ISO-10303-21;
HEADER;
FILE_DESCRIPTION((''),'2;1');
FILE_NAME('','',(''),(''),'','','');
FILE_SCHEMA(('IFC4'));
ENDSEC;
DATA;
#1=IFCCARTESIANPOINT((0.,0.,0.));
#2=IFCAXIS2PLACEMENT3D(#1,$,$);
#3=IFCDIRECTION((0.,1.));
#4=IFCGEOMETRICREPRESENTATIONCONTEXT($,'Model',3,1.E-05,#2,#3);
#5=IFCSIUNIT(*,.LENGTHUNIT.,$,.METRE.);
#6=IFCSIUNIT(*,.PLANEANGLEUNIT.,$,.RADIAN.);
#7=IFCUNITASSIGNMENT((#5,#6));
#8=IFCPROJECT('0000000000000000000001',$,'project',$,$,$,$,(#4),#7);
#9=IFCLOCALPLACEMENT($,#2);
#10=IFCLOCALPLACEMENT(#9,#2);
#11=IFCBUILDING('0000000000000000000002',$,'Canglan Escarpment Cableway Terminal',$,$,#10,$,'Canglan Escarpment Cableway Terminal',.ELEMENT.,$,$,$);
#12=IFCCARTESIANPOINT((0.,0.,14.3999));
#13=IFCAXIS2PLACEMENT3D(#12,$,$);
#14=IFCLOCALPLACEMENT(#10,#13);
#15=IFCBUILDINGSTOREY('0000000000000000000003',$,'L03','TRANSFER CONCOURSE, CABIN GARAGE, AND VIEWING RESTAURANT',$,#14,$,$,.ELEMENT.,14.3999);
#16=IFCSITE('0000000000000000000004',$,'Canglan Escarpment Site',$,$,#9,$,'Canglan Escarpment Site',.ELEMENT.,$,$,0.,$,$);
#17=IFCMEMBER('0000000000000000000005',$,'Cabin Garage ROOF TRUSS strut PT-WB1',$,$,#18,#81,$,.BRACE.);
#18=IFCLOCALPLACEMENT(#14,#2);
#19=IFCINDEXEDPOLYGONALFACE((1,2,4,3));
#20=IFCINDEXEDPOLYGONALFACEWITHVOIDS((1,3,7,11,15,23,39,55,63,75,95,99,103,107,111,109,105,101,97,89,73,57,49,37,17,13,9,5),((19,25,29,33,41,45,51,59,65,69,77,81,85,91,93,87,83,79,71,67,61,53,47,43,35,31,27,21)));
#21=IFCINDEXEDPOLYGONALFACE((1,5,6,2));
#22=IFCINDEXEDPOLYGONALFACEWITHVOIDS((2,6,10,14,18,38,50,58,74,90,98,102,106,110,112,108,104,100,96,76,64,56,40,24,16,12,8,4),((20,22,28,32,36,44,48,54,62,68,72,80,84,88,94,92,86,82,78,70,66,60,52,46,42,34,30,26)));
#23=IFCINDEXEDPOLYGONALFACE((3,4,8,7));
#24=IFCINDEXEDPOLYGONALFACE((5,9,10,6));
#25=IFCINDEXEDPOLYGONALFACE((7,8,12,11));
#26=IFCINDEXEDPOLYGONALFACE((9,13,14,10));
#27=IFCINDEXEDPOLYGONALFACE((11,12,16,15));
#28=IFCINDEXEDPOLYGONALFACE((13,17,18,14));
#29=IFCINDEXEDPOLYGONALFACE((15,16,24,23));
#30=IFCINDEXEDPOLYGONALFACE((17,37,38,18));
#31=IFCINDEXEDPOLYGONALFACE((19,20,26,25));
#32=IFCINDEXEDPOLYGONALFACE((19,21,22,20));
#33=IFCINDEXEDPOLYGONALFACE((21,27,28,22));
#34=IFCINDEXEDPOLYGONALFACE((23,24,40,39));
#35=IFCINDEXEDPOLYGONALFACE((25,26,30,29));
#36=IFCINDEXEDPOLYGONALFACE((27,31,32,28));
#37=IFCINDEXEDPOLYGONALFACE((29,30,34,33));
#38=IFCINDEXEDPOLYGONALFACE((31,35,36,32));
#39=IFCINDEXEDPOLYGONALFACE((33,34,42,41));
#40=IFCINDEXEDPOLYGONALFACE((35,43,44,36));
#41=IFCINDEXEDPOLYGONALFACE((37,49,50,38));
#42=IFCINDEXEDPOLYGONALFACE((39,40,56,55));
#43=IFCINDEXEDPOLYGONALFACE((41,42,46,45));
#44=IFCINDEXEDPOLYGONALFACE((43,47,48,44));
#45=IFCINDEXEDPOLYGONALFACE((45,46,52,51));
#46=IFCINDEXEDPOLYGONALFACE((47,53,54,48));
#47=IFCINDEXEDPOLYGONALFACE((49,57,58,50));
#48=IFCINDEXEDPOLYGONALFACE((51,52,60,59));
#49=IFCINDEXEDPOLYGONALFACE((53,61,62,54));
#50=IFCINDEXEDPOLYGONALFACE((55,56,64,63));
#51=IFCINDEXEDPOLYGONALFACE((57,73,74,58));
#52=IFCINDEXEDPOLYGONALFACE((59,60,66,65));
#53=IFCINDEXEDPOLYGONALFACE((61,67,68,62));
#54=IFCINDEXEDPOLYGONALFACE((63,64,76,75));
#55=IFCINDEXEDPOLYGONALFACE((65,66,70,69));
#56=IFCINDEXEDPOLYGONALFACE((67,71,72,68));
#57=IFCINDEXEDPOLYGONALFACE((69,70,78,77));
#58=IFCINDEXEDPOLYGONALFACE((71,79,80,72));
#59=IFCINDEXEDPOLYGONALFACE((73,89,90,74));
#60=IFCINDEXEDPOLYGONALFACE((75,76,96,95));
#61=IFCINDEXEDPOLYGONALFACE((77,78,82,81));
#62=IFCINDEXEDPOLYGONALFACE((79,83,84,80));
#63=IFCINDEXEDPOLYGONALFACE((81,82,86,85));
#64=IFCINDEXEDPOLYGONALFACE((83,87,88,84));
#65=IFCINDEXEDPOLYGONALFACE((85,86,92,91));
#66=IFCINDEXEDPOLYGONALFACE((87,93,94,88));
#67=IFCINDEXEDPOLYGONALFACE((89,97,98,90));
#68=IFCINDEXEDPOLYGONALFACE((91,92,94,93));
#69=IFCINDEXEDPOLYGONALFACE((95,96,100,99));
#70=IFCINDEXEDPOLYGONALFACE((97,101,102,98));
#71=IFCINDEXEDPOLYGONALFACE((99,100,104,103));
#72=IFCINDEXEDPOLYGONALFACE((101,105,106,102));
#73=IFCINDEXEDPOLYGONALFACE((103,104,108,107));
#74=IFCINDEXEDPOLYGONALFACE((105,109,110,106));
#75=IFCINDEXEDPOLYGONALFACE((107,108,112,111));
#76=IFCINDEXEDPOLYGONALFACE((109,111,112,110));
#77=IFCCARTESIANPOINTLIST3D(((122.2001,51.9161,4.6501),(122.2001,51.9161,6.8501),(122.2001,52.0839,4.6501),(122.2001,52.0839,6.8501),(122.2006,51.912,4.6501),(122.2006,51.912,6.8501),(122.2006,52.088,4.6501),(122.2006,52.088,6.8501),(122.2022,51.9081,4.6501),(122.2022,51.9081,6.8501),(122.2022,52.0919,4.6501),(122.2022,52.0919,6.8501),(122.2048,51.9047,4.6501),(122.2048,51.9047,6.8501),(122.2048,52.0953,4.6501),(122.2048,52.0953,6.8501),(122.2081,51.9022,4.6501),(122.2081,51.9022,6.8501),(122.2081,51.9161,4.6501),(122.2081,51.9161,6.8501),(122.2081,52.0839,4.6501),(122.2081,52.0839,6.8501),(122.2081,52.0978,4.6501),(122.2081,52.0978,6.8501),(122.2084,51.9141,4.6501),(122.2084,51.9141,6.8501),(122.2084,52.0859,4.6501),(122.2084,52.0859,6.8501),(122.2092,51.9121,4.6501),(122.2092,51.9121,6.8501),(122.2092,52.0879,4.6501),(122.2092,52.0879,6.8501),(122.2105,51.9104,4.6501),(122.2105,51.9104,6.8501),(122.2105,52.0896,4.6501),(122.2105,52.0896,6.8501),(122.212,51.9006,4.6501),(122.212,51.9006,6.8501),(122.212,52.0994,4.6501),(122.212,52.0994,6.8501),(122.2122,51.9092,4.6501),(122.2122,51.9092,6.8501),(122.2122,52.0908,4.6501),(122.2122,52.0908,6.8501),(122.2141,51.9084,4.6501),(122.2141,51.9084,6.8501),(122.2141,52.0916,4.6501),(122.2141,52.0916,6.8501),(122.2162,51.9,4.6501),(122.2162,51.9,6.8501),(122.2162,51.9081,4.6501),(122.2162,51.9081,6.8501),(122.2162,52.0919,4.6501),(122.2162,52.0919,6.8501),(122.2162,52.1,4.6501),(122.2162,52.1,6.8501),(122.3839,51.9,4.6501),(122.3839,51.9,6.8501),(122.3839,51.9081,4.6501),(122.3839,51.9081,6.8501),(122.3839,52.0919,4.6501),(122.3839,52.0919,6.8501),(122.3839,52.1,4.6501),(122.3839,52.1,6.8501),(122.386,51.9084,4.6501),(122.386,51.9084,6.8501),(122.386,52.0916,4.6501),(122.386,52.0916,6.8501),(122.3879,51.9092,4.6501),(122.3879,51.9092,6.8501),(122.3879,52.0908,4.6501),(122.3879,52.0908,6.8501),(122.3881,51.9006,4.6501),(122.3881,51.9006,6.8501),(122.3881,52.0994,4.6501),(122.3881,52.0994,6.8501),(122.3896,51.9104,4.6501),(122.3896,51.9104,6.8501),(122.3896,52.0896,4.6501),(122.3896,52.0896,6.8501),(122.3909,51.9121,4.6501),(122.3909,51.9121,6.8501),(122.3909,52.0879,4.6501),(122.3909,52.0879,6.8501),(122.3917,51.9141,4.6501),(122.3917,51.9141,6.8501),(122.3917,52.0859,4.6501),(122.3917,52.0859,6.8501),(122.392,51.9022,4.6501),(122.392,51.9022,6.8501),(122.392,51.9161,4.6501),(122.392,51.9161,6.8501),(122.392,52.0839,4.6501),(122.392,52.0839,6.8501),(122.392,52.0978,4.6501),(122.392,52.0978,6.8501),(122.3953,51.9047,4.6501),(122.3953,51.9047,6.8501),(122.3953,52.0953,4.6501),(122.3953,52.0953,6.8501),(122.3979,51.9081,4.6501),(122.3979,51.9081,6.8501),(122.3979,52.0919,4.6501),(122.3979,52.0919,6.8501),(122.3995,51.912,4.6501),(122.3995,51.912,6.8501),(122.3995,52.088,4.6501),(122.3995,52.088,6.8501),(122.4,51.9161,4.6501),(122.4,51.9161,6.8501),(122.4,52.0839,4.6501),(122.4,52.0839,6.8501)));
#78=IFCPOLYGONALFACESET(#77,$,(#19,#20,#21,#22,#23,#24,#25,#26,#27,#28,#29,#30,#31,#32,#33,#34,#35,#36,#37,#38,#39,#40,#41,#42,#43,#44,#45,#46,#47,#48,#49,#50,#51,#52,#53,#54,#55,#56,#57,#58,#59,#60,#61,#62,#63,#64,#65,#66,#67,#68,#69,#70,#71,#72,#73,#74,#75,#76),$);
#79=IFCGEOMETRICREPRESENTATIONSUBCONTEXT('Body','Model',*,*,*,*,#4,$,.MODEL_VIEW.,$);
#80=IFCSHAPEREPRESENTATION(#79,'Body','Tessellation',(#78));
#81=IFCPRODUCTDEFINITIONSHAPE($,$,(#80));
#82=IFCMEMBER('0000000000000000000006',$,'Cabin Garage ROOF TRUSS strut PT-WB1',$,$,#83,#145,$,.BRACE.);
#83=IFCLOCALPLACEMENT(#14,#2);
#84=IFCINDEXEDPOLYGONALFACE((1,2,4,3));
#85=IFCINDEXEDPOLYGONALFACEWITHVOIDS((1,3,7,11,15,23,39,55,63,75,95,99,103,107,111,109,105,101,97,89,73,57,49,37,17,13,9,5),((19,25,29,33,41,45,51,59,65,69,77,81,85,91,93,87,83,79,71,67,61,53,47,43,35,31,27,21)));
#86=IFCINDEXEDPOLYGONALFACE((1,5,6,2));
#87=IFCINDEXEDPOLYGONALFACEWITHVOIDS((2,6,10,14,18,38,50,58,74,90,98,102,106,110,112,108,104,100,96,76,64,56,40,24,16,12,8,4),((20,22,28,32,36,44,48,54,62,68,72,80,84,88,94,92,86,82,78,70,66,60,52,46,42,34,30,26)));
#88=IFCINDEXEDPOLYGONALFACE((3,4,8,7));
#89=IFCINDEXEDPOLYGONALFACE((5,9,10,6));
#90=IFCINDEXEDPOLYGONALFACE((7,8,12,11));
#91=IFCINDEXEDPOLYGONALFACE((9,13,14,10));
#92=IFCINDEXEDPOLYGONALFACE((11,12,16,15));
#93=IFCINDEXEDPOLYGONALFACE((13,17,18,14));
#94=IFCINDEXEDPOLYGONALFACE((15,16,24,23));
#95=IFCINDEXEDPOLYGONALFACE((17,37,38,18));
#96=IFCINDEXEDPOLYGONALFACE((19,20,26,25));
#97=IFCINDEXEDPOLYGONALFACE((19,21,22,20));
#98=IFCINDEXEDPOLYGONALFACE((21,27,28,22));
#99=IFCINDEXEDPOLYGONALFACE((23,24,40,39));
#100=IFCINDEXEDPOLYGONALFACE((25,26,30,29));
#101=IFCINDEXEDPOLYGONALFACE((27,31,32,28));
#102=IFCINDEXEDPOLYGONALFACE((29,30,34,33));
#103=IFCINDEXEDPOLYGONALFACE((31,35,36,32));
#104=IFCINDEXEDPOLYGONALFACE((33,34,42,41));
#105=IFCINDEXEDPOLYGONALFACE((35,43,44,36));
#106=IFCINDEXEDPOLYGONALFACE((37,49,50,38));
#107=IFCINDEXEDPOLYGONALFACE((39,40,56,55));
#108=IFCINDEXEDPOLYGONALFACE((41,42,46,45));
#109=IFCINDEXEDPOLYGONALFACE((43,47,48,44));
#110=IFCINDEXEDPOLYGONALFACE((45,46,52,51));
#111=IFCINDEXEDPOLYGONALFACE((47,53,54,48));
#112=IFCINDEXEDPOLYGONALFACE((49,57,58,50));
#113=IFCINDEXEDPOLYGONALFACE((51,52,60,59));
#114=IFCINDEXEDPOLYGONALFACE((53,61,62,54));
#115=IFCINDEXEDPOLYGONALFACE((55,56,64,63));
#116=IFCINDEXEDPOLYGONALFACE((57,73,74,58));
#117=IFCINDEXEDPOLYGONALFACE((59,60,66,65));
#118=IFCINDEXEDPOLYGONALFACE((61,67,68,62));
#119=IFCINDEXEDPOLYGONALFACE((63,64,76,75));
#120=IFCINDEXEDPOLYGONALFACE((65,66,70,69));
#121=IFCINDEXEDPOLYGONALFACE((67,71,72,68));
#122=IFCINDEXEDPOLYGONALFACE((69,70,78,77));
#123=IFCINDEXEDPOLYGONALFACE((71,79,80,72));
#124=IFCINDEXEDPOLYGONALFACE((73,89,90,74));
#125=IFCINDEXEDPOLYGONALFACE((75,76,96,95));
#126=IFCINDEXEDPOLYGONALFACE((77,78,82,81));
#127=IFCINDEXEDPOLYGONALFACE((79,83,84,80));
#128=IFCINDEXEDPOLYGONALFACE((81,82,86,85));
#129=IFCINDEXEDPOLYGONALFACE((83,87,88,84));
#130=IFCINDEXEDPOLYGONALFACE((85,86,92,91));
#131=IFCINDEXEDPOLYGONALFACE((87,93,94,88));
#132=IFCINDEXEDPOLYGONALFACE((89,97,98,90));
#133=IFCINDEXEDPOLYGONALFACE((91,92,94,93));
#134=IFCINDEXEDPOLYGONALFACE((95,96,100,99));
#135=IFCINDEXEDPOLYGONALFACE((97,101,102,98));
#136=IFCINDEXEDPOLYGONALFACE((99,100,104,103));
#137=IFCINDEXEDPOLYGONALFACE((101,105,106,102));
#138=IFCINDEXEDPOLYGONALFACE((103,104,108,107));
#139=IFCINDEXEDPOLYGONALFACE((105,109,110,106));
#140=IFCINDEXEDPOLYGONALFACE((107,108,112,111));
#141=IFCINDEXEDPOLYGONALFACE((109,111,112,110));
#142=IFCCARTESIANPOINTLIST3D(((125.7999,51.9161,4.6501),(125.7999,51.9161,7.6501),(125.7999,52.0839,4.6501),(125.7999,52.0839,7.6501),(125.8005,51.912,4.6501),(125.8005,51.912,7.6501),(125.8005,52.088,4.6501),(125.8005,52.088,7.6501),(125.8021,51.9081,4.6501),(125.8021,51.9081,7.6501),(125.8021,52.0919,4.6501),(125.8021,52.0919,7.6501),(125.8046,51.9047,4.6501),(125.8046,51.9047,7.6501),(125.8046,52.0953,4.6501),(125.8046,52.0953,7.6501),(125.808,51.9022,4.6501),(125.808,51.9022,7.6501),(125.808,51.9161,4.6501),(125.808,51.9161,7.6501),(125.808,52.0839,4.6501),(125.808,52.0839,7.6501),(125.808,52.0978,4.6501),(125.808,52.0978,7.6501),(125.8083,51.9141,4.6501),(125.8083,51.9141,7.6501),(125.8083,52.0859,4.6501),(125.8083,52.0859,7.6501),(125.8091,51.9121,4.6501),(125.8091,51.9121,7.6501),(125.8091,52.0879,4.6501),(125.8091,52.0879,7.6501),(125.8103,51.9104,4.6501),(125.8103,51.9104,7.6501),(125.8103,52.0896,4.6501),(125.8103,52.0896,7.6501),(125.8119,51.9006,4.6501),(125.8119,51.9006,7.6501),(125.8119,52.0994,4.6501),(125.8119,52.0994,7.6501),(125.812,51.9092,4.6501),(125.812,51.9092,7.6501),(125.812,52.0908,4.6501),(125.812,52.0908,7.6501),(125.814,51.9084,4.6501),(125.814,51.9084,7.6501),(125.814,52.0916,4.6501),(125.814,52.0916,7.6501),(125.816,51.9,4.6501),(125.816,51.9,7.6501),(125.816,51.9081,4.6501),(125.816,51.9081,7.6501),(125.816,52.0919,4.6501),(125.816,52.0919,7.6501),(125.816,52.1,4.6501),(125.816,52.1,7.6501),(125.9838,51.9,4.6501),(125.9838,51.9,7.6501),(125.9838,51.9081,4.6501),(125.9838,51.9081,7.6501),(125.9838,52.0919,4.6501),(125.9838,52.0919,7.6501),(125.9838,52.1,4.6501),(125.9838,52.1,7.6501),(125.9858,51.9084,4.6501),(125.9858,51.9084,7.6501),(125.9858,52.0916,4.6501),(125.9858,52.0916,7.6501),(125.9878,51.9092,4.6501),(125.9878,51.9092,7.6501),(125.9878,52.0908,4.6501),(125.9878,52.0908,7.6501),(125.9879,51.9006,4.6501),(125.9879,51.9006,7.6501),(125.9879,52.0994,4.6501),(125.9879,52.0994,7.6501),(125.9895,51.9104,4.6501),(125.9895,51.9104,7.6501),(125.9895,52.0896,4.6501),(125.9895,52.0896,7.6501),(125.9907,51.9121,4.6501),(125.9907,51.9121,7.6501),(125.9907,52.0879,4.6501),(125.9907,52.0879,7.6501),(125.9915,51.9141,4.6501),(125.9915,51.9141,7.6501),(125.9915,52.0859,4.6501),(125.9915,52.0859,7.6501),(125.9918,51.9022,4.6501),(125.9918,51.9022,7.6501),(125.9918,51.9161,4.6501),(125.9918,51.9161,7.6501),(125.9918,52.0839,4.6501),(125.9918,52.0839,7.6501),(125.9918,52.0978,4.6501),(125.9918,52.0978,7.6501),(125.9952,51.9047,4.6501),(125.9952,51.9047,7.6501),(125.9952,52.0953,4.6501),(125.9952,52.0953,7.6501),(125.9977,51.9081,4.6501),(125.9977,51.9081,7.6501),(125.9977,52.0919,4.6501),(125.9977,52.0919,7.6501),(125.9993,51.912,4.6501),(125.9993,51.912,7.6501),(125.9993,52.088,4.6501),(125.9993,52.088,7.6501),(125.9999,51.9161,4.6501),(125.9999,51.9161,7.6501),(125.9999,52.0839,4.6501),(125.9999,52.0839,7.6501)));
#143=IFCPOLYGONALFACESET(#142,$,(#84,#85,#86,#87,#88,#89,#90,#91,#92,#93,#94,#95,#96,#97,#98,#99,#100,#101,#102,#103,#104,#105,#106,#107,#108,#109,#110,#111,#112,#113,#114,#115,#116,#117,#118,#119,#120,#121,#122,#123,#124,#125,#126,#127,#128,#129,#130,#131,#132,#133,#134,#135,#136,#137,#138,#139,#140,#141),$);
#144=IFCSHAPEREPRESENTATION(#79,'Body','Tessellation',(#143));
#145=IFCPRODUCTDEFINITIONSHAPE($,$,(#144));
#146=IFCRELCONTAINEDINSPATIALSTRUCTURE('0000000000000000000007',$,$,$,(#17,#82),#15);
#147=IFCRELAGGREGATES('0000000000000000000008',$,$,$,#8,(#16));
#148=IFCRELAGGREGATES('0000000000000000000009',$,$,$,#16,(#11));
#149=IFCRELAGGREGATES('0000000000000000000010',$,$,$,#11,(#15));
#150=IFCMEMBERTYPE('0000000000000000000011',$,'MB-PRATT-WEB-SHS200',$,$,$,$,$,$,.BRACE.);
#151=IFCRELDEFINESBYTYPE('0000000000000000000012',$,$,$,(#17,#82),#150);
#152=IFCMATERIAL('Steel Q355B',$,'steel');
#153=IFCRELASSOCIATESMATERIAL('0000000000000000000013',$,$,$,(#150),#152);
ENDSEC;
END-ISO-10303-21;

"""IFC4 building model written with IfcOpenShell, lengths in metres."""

from ifc_helpers import new_model, si_unit, direction, frame, origin, origin_2d, place, context, subcontext, project, spatial, hollow_rectangle, extrude, material, material_profile, profile_set, type_object, element, save


model = new_model("IFC4")

# Units and contexts
model_context = context("Model", 3, precision=1e-05, world=origin(), true_north=direction((0.0, 1.0)))
body_context = subcontext(model_context, "Body", "Model", "MODEL_VIEW")
ifc_project = project(units=[si_unit("LENGTHUNIT", "METRE"), si_unit("PLANEANGLEUNIT", "RADIAN")], contexts=[model_context])

# Site, building, storey
site_placement = place(None, origin())
site = spatial("IfcSite", under=ifc_project, at=site_placement, Name="Canglan Escarpment Site", LongName="Canglan Escarpment Site", CompositionType="ELEMENT", RefElevation=0.0)
building_placement = place(site_placement, origin())
building = spatial("IfcBuilding", under=site, at=building_placement, Name="Canglan Escarpment Cableway Terminal", LongName="Canglan Escarpment Cableway Terminal", CompositionType="ELEMENT")
storey_placement = place(building_placement, frame((0.0, 0.0, 14.3999)))
storey = spatial("IfcBuildingStorey", under=building, at=storey_placement, Name="L03", Description="TRANSFER CONCOURSE, CABIN GARAGE, AND VIEWING RESTAURANT", CompositionType="ELEMENT", Elevation=14.3999)

# Shared definitions
ifc_material_1 = material(Name="Steel Q355B", Category="steel")

# Members
ifc_material_profile_1 = material_profile(ifc_material_1, hollow_rectangle(XDim=0.2, YDim=0.2, WallThickness=0.0081, InnerFilletRadius=0.0081, OuterFilletRadius=0.0161, at=origin_2d()), Name="SHS 200x200x8")
ifc_profile_set_1 = profile_set([ifc_material_profile_1], Name="Steel Q355B")
member_type_1 = type_object("IfcMemberType", Name="MB-PRATT-WEB-SHS200", PredefinedType="BRACE", material=ifc_profile_set_1)
member_1_placement = place(storey_placement, frame((122.3, 52.0, 4.6501), z_axis=(0.0, 0.0, 1.0), x_axis=(1.0, 0.0, 0.0)))
element("IfcMember", 1, at=member_1_placement, inside=storey, type_object=member_type_1, Name="Cabin Garage ROOF TRUSS strut PT-WB1", PredefinedType="BRACE", context=body_context, shape_type="SweptSolid", body=[
    extrude(hollow_rectangle(XDim=0.2, YDim=0.2, WallThickness=0.0081, InnerFilletRadius=0.0081, OuterFilletRadius=0.0161, at=origin_2d()), origin(), (0.0, 0.0, 1.0), 2.2),
])
member_2_placement = place(storey_placement, frame((125.8999, 52.0, 4.6501), z_axis=(0.0, 0.0, 1.0), x_axis=(1.0, 0.0, 0.0)))
element("IfcMember", 2, at=member_2_placement, inside=storey, type_object=member_type_1, Name="Cabin Garage ROOF TRUSS strut PT-WB1", PredefinedType="BRACE", context=body_context, shape_type="SweptSolid", body=[
    extrude(hollow_rectangle(XDim=0.2, YDim=0.2, WallThickness=0.0081, InnerFilletRadius=0.0081, OuterFilletRadius=0.0161, at=origin_2d()), origin(), (0.0, 0.0, 1.0), 3.0),
])

save(model, "model.ifc")
